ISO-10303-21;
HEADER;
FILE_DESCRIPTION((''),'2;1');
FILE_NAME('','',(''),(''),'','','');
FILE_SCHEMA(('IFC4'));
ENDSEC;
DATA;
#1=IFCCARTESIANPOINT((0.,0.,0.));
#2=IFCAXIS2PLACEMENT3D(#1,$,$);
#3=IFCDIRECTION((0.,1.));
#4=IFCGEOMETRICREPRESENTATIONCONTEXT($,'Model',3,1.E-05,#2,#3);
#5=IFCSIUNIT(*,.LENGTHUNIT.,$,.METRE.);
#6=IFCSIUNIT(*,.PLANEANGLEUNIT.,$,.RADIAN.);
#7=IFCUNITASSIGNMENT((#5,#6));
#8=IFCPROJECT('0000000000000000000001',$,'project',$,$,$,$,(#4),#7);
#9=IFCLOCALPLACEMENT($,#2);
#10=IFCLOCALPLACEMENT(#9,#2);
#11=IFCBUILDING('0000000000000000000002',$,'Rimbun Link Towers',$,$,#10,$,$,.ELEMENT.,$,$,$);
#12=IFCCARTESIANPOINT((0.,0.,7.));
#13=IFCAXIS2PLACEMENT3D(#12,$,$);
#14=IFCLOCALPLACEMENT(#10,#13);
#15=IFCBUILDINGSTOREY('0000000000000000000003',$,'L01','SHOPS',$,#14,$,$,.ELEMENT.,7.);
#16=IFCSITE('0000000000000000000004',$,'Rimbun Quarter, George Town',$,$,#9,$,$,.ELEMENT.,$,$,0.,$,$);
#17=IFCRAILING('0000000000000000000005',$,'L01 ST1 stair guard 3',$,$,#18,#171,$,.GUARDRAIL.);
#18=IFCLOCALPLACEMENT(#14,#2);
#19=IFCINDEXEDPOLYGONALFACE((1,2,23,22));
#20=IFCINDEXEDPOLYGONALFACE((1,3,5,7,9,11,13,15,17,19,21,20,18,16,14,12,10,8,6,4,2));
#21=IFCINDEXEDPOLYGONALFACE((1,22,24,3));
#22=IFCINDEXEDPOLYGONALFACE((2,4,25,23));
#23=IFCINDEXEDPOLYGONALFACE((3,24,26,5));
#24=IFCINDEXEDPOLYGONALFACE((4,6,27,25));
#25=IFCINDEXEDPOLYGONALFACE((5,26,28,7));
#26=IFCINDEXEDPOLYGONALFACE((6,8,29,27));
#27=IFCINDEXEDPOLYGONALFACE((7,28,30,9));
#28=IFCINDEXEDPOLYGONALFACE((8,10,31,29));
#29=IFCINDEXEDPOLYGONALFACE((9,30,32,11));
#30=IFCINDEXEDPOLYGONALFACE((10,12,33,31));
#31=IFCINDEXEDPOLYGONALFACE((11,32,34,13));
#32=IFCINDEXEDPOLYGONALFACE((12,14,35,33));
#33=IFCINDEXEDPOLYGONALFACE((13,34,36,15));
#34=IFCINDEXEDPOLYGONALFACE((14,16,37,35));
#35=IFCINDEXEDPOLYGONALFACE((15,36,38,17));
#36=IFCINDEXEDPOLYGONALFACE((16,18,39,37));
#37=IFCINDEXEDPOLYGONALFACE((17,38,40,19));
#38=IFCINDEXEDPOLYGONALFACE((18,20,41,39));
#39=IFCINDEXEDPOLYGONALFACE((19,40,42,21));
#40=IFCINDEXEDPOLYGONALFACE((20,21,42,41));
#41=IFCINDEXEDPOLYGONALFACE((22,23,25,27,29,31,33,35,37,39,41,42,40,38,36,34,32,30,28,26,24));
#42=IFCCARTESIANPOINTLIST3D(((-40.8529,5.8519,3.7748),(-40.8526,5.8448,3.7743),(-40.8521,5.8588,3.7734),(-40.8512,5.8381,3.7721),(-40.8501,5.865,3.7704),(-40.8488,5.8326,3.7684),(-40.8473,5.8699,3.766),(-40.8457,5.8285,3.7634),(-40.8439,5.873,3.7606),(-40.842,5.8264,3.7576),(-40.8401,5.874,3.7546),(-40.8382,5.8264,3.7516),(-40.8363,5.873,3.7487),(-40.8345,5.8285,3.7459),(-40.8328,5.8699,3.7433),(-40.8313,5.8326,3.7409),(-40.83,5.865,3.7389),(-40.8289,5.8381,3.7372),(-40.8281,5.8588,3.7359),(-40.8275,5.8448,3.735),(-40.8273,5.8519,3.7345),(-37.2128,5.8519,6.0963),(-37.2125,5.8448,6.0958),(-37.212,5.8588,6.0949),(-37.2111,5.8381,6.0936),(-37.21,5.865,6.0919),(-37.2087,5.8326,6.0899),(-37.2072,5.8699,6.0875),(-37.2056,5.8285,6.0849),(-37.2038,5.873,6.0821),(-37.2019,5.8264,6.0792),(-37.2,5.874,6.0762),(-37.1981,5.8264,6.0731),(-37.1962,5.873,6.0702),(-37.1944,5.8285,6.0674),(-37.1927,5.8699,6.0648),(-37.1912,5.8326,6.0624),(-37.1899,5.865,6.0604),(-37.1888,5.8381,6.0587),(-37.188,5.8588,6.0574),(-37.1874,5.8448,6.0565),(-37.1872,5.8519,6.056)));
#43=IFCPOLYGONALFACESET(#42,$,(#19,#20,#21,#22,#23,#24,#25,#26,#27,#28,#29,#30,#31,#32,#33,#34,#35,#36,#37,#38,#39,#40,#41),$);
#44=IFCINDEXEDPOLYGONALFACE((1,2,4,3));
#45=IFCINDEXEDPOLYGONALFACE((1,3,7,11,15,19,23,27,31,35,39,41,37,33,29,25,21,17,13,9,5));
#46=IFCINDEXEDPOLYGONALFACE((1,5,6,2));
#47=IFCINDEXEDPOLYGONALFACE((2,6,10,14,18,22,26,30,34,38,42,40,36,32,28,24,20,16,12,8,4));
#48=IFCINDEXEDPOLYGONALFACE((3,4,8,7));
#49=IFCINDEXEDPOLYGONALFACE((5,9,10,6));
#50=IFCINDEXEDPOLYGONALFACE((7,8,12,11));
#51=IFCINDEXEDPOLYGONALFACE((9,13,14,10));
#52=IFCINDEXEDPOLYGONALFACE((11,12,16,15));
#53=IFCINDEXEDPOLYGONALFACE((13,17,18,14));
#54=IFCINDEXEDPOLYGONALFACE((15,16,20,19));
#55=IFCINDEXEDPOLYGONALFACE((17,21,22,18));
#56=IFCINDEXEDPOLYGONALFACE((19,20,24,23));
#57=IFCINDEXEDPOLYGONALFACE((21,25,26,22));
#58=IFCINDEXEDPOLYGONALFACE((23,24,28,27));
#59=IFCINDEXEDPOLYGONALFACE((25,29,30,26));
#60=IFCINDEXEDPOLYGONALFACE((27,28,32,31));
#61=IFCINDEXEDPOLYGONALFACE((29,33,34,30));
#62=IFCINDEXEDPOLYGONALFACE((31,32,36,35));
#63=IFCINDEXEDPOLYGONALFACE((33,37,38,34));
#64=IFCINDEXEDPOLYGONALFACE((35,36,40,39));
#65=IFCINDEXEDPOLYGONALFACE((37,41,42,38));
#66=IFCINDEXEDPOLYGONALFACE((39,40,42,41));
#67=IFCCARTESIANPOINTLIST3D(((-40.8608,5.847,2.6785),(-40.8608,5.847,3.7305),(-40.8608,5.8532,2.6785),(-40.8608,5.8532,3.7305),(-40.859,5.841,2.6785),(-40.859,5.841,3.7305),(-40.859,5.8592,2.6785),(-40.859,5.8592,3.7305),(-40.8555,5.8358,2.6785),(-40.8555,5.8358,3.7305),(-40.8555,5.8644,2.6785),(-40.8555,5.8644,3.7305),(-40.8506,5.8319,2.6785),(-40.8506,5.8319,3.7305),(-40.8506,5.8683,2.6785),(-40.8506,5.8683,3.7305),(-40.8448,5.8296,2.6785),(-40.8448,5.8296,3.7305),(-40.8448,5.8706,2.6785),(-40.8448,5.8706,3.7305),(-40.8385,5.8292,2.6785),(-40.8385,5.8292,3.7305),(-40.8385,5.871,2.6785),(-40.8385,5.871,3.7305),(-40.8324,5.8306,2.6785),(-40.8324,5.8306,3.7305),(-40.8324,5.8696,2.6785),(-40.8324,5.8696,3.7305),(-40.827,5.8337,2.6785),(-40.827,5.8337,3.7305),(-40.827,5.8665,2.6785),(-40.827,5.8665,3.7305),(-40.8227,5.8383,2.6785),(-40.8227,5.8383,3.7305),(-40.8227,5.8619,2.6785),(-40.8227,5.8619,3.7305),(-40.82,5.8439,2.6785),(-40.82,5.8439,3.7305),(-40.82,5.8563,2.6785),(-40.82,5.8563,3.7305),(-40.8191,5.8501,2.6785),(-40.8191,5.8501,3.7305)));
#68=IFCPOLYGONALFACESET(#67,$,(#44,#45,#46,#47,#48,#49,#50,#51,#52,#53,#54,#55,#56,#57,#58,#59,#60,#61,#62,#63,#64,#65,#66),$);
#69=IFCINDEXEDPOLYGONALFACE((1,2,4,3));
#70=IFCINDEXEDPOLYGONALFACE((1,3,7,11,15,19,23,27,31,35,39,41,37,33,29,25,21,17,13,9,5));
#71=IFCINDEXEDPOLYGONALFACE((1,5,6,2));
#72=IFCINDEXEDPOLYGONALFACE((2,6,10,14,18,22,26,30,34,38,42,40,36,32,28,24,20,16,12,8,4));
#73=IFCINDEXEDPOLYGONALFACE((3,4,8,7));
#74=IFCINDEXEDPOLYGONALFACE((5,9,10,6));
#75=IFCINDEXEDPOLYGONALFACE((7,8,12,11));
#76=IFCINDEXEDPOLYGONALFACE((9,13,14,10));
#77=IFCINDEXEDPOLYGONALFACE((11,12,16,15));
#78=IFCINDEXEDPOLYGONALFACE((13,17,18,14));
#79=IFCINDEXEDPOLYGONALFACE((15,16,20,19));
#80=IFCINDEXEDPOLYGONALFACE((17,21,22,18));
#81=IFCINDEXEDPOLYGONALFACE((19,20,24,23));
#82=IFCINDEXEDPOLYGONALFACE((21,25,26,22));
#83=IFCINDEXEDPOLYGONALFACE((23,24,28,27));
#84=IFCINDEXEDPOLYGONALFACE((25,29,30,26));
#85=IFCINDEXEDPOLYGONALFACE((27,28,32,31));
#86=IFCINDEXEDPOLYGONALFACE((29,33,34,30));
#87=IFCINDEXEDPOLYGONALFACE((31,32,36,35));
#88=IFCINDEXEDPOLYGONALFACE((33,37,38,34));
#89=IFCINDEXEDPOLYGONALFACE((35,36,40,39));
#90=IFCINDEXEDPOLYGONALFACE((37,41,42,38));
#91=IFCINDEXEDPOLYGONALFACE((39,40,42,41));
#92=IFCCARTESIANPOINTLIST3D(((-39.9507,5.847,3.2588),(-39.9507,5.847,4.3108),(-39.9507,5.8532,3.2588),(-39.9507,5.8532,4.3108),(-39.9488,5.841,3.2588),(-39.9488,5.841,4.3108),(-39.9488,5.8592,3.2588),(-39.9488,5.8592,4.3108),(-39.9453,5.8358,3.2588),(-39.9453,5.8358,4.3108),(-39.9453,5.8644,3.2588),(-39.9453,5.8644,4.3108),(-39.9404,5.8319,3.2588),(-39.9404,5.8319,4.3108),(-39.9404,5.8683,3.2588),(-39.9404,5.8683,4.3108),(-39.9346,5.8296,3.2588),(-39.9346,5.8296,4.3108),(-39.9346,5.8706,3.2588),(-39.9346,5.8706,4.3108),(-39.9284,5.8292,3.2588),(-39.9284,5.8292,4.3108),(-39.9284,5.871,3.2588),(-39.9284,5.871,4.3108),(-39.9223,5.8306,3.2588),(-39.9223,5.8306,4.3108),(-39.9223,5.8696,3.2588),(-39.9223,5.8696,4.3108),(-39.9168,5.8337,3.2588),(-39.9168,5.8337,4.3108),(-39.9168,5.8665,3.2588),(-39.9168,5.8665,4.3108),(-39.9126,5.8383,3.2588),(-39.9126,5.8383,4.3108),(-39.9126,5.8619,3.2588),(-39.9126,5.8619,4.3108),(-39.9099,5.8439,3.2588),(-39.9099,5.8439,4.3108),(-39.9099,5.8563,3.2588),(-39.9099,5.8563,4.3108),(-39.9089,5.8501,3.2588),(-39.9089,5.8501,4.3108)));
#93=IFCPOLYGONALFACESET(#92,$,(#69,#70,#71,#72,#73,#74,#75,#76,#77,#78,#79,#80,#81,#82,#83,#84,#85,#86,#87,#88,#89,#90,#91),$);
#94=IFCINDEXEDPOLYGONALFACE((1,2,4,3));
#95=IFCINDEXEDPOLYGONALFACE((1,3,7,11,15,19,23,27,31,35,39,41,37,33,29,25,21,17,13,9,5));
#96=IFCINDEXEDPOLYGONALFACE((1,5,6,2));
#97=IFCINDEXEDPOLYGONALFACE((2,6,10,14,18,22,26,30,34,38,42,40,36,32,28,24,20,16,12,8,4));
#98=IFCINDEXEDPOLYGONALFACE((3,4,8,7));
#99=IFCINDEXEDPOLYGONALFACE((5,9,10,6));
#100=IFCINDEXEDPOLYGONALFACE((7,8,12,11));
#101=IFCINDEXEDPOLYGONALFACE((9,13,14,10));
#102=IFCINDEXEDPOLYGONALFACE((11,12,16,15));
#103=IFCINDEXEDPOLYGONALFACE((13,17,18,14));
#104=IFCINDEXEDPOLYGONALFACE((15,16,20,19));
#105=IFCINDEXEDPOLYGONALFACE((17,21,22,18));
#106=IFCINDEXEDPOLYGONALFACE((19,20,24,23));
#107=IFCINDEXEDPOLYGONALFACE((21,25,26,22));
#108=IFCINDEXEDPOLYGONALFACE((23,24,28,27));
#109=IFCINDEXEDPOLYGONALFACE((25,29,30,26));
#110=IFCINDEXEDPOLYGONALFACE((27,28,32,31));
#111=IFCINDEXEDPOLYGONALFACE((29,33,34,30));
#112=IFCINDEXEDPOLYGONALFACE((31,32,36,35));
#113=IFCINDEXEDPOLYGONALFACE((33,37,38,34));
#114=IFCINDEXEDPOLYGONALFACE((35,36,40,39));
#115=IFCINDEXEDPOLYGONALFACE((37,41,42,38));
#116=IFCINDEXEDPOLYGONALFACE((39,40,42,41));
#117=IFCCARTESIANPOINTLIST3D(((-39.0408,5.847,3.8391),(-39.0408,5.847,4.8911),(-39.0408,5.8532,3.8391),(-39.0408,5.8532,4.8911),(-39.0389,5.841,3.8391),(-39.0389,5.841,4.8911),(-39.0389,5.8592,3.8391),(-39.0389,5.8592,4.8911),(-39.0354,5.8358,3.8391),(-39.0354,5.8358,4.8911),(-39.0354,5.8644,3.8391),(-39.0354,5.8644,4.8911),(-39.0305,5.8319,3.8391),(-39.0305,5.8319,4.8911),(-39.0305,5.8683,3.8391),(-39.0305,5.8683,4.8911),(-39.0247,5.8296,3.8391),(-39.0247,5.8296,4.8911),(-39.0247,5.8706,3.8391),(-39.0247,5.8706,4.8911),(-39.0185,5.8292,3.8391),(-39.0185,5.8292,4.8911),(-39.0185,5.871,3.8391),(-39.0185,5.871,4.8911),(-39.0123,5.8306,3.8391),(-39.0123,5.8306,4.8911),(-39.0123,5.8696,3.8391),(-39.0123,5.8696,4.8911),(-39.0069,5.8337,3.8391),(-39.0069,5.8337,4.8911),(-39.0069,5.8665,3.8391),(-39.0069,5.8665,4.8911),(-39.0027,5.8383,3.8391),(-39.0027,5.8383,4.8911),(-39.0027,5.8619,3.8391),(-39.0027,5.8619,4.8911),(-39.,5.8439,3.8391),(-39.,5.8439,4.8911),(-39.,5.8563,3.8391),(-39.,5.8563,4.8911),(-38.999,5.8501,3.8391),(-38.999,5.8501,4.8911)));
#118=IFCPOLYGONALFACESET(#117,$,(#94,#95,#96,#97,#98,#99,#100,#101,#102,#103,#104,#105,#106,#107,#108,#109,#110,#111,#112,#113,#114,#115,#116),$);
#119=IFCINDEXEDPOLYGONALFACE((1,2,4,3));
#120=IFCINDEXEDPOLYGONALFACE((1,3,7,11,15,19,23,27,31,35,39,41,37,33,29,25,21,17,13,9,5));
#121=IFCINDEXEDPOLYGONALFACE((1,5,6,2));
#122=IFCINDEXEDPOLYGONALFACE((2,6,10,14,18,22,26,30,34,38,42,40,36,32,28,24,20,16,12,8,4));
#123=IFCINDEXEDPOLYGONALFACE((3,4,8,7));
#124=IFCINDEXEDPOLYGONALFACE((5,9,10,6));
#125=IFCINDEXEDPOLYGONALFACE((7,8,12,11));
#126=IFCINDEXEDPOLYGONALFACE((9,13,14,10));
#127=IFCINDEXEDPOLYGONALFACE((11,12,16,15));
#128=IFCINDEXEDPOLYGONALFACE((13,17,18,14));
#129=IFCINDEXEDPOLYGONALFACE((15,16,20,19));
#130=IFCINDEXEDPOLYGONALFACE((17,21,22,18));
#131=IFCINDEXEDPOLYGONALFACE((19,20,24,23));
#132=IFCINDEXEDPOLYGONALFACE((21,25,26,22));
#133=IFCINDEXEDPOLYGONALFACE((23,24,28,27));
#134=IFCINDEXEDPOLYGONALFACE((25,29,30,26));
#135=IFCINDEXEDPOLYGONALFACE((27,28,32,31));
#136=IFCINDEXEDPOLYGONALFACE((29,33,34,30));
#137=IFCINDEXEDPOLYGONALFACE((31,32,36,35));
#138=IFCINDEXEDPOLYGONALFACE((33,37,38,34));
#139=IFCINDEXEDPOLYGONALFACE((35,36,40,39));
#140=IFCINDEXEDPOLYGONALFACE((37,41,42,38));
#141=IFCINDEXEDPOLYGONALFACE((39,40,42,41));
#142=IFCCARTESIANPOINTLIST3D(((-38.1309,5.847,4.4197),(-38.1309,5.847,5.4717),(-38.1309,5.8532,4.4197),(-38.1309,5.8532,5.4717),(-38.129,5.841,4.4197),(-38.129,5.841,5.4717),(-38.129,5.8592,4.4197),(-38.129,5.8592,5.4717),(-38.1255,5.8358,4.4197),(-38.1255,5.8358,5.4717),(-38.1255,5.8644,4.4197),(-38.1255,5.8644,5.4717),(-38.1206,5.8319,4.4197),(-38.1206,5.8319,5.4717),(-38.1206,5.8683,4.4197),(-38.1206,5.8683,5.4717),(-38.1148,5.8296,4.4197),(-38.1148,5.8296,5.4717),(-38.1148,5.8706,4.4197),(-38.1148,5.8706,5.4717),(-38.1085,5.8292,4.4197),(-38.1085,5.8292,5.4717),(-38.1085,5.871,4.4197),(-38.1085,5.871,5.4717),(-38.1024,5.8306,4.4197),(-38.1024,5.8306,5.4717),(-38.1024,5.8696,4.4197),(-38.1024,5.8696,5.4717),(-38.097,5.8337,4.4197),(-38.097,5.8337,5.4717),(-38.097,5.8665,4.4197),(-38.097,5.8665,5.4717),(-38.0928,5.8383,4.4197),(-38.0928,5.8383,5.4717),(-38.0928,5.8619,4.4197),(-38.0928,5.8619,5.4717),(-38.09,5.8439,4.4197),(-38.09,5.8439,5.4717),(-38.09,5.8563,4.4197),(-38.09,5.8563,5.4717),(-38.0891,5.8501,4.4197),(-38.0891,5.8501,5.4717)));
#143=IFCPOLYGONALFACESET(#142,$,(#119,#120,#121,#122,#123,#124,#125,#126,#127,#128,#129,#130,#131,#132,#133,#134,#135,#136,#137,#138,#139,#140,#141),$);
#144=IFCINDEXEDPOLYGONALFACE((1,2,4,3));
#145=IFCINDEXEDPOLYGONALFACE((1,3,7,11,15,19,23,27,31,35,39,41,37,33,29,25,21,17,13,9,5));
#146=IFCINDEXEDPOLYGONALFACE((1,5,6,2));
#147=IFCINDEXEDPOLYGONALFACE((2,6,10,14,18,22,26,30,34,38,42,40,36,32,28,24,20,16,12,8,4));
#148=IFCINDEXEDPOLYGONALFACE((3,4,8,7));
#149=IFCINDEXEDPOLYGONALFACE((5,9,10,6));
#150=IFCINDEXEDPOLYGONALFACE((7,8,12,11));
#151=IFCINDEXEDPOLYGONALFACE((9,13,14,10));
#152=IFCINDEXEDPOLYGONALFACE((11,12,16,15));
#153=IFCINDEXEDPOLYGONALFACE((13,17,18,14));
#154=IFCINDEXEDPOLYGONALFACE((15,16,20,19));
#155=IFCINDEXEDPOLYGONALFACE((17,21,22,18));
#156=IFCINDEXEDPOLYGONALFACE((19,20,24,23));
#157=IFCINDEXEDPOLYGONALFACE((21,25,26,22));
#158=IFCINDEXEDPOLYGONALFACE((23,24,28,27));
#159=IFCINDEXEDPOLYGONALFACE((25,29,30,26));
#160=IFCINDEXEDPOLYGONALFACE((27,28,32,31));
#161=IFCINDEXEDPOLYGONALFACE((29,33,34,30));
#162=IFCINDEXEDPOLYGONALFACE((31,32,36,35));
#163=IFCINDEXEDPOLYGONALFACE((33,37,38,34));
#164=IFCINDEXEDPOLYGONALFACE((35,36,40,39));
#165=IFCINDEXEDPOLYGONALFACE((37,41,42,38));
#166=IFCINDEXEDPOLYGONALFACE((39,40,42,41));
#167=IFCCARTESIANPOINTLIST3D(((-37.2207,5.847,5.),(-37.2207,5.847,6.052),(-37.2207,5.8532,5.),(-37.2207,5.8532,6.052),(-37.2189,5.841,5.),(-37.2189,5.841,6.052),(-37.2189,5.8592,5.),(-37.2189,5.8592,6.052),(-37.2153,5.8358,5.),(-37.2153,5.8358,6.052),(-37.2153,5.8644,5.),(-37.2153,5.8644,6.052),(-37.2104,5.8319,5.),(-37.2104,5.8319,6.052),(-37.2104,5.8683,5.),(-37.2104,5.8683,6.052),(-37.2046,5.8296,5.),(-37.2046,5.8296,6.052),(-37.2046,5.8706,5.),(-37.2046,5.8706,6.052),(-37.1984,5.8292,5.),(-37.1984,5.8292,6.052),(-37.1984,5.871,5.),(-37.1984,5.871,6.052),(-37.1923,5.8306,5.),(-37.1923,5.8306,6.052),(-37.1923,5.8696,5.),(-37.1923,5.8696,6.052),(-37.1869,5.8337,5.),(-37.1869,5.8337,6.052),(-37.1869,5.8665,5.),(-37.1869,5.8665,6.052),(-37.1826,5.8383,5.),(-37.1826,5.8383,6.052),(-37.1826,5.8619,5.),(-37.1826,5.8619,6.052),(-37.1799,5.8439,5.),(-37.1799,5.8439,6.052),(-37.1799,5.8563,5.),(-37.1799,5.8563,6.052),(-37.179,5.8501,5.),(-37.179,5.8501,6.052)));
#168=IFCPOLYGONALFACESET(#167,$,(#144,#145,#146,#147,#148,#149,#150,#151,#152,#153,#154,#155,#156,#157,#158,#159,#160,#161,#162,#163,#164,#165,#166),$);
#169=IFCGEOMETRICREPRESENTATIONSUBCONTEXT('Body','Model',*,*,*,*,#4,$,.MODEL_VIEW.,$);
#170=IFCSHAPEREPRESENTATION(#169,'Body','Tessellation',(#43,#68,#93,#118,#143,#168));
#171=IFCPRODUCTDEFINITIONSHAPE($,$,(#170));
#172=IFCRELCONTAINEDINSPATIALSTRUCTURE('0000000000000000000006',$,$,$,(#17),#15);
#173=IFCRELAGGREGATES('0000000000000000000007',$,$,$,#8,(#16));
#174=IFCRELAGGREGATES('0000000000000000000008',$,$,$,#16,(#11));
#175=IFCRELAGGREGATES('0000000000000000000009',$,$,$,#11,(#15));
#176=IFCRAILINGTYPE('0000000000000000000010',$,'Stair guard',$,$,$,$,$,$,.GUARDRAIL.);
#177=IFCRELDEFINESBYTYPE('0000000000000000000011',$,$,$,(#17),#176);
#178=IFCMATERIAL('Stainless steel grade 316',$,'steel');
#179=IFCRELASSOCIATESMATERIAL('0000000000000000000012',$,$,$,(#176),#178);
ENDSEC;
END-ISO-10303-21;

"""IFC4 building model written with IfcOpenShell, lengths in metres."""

from ifc_helpers import new_model, si_unit, direction, frame, origin, origin_2d, place, context, subcontext, project, spatial, circle, extrude, material, type_object, element, save


model = new_model("IFC4")

# Units and contexts
model_context = context("Model", 3, precision=1e-05, world=origin(), true_north=direction((0.0, 1.0)))
body_context = subcontext(model_context, "Body", "Model", "MODEL_VIEW")
ifc_project = project(units=[si_unit("LENGTHUNIT", "METRE"), si_unit("PLANEANGLEUNIT", "RADIAN")], contexts=[model_context])

# Site, building, storey
site_placement = place(None, origin())
site = spatial("IfcSite", under=ifc_project, at=site_placement, Name="Rimbun Quarter, George Town", CompositionType="ELEMENT", RefElevation=0.0)
building_placement = place(site_placement, origin())
building = spatial("IfcBuilding", under=site, at=building_placement, Name="Rimbun Link Towers", CompositionType="ELEMENT")
storey_placement = place(building_placement, frame((0.0, 0.0, 7.0)))
storey = spatial("IfcBuildingStorey", under=building, at=storey_placement, Name="L01", Description="SHOPS", CompositionType="ELEMENT", Elevation=7.0)

# Railing
ifc_material_1 = material(Name="Stainless steel grade 316", Category="steel")
railing_type_1 = type_object("IfcRailingType", Name="Stair guard", PredefinedType="GUARDRAIL", material=ifc_material_1)
railing_1_placement = place(storey_placement, frame((-40.8401, 5.8501, 2.6785)))
element("IfcRailing", 1, at=railing_1_placement, inside=storey, type_object=railing_type_1, Name="L01 ST1 stair guard 3", PredefinedType="GUARDRAIL", context=body_context, shape_type="SweptSolid", body=[
    extrude(circle(Radius=0.0239, at=origin_2d()), frame((0.0, 0.0, 1.0762), z_axis=(0.843128, 0.0, 0.537713), x_axis=(0.0, 1.0, 0.0)), (0.0, 0.0, 1.0), 4.3174),
    extrude(circle(Radius=0.021, at=origin_2d()), origin(), (0.0, 0.0, 1.0), 1.052),
    extrude(circle(Radius=0.021, at=origin_2d()), frame((0.9102, 0.0, 0.5803)), (0.0, 0.0, 1.0), 1.052),
    extrude(circle(Radius=0.021, at=origin_2d()), frame((1.8201, 0.0, 1.1606)), (0.0, 0.0, 1.0), 1.052),
    extrude(circle(Radius=0.021, at=origin_2d()), frame((2.73, 0.0, 1.7412)), (0.0, 0.0, 1.0), 1.052),
    extrude(circle(Radius=0.021, at=origin_2d()), frame((3.6401, 0.0, 2.3215)), (0.0, 0.0, 1.0), 1.052),
])

save(model, "model.ifc")
